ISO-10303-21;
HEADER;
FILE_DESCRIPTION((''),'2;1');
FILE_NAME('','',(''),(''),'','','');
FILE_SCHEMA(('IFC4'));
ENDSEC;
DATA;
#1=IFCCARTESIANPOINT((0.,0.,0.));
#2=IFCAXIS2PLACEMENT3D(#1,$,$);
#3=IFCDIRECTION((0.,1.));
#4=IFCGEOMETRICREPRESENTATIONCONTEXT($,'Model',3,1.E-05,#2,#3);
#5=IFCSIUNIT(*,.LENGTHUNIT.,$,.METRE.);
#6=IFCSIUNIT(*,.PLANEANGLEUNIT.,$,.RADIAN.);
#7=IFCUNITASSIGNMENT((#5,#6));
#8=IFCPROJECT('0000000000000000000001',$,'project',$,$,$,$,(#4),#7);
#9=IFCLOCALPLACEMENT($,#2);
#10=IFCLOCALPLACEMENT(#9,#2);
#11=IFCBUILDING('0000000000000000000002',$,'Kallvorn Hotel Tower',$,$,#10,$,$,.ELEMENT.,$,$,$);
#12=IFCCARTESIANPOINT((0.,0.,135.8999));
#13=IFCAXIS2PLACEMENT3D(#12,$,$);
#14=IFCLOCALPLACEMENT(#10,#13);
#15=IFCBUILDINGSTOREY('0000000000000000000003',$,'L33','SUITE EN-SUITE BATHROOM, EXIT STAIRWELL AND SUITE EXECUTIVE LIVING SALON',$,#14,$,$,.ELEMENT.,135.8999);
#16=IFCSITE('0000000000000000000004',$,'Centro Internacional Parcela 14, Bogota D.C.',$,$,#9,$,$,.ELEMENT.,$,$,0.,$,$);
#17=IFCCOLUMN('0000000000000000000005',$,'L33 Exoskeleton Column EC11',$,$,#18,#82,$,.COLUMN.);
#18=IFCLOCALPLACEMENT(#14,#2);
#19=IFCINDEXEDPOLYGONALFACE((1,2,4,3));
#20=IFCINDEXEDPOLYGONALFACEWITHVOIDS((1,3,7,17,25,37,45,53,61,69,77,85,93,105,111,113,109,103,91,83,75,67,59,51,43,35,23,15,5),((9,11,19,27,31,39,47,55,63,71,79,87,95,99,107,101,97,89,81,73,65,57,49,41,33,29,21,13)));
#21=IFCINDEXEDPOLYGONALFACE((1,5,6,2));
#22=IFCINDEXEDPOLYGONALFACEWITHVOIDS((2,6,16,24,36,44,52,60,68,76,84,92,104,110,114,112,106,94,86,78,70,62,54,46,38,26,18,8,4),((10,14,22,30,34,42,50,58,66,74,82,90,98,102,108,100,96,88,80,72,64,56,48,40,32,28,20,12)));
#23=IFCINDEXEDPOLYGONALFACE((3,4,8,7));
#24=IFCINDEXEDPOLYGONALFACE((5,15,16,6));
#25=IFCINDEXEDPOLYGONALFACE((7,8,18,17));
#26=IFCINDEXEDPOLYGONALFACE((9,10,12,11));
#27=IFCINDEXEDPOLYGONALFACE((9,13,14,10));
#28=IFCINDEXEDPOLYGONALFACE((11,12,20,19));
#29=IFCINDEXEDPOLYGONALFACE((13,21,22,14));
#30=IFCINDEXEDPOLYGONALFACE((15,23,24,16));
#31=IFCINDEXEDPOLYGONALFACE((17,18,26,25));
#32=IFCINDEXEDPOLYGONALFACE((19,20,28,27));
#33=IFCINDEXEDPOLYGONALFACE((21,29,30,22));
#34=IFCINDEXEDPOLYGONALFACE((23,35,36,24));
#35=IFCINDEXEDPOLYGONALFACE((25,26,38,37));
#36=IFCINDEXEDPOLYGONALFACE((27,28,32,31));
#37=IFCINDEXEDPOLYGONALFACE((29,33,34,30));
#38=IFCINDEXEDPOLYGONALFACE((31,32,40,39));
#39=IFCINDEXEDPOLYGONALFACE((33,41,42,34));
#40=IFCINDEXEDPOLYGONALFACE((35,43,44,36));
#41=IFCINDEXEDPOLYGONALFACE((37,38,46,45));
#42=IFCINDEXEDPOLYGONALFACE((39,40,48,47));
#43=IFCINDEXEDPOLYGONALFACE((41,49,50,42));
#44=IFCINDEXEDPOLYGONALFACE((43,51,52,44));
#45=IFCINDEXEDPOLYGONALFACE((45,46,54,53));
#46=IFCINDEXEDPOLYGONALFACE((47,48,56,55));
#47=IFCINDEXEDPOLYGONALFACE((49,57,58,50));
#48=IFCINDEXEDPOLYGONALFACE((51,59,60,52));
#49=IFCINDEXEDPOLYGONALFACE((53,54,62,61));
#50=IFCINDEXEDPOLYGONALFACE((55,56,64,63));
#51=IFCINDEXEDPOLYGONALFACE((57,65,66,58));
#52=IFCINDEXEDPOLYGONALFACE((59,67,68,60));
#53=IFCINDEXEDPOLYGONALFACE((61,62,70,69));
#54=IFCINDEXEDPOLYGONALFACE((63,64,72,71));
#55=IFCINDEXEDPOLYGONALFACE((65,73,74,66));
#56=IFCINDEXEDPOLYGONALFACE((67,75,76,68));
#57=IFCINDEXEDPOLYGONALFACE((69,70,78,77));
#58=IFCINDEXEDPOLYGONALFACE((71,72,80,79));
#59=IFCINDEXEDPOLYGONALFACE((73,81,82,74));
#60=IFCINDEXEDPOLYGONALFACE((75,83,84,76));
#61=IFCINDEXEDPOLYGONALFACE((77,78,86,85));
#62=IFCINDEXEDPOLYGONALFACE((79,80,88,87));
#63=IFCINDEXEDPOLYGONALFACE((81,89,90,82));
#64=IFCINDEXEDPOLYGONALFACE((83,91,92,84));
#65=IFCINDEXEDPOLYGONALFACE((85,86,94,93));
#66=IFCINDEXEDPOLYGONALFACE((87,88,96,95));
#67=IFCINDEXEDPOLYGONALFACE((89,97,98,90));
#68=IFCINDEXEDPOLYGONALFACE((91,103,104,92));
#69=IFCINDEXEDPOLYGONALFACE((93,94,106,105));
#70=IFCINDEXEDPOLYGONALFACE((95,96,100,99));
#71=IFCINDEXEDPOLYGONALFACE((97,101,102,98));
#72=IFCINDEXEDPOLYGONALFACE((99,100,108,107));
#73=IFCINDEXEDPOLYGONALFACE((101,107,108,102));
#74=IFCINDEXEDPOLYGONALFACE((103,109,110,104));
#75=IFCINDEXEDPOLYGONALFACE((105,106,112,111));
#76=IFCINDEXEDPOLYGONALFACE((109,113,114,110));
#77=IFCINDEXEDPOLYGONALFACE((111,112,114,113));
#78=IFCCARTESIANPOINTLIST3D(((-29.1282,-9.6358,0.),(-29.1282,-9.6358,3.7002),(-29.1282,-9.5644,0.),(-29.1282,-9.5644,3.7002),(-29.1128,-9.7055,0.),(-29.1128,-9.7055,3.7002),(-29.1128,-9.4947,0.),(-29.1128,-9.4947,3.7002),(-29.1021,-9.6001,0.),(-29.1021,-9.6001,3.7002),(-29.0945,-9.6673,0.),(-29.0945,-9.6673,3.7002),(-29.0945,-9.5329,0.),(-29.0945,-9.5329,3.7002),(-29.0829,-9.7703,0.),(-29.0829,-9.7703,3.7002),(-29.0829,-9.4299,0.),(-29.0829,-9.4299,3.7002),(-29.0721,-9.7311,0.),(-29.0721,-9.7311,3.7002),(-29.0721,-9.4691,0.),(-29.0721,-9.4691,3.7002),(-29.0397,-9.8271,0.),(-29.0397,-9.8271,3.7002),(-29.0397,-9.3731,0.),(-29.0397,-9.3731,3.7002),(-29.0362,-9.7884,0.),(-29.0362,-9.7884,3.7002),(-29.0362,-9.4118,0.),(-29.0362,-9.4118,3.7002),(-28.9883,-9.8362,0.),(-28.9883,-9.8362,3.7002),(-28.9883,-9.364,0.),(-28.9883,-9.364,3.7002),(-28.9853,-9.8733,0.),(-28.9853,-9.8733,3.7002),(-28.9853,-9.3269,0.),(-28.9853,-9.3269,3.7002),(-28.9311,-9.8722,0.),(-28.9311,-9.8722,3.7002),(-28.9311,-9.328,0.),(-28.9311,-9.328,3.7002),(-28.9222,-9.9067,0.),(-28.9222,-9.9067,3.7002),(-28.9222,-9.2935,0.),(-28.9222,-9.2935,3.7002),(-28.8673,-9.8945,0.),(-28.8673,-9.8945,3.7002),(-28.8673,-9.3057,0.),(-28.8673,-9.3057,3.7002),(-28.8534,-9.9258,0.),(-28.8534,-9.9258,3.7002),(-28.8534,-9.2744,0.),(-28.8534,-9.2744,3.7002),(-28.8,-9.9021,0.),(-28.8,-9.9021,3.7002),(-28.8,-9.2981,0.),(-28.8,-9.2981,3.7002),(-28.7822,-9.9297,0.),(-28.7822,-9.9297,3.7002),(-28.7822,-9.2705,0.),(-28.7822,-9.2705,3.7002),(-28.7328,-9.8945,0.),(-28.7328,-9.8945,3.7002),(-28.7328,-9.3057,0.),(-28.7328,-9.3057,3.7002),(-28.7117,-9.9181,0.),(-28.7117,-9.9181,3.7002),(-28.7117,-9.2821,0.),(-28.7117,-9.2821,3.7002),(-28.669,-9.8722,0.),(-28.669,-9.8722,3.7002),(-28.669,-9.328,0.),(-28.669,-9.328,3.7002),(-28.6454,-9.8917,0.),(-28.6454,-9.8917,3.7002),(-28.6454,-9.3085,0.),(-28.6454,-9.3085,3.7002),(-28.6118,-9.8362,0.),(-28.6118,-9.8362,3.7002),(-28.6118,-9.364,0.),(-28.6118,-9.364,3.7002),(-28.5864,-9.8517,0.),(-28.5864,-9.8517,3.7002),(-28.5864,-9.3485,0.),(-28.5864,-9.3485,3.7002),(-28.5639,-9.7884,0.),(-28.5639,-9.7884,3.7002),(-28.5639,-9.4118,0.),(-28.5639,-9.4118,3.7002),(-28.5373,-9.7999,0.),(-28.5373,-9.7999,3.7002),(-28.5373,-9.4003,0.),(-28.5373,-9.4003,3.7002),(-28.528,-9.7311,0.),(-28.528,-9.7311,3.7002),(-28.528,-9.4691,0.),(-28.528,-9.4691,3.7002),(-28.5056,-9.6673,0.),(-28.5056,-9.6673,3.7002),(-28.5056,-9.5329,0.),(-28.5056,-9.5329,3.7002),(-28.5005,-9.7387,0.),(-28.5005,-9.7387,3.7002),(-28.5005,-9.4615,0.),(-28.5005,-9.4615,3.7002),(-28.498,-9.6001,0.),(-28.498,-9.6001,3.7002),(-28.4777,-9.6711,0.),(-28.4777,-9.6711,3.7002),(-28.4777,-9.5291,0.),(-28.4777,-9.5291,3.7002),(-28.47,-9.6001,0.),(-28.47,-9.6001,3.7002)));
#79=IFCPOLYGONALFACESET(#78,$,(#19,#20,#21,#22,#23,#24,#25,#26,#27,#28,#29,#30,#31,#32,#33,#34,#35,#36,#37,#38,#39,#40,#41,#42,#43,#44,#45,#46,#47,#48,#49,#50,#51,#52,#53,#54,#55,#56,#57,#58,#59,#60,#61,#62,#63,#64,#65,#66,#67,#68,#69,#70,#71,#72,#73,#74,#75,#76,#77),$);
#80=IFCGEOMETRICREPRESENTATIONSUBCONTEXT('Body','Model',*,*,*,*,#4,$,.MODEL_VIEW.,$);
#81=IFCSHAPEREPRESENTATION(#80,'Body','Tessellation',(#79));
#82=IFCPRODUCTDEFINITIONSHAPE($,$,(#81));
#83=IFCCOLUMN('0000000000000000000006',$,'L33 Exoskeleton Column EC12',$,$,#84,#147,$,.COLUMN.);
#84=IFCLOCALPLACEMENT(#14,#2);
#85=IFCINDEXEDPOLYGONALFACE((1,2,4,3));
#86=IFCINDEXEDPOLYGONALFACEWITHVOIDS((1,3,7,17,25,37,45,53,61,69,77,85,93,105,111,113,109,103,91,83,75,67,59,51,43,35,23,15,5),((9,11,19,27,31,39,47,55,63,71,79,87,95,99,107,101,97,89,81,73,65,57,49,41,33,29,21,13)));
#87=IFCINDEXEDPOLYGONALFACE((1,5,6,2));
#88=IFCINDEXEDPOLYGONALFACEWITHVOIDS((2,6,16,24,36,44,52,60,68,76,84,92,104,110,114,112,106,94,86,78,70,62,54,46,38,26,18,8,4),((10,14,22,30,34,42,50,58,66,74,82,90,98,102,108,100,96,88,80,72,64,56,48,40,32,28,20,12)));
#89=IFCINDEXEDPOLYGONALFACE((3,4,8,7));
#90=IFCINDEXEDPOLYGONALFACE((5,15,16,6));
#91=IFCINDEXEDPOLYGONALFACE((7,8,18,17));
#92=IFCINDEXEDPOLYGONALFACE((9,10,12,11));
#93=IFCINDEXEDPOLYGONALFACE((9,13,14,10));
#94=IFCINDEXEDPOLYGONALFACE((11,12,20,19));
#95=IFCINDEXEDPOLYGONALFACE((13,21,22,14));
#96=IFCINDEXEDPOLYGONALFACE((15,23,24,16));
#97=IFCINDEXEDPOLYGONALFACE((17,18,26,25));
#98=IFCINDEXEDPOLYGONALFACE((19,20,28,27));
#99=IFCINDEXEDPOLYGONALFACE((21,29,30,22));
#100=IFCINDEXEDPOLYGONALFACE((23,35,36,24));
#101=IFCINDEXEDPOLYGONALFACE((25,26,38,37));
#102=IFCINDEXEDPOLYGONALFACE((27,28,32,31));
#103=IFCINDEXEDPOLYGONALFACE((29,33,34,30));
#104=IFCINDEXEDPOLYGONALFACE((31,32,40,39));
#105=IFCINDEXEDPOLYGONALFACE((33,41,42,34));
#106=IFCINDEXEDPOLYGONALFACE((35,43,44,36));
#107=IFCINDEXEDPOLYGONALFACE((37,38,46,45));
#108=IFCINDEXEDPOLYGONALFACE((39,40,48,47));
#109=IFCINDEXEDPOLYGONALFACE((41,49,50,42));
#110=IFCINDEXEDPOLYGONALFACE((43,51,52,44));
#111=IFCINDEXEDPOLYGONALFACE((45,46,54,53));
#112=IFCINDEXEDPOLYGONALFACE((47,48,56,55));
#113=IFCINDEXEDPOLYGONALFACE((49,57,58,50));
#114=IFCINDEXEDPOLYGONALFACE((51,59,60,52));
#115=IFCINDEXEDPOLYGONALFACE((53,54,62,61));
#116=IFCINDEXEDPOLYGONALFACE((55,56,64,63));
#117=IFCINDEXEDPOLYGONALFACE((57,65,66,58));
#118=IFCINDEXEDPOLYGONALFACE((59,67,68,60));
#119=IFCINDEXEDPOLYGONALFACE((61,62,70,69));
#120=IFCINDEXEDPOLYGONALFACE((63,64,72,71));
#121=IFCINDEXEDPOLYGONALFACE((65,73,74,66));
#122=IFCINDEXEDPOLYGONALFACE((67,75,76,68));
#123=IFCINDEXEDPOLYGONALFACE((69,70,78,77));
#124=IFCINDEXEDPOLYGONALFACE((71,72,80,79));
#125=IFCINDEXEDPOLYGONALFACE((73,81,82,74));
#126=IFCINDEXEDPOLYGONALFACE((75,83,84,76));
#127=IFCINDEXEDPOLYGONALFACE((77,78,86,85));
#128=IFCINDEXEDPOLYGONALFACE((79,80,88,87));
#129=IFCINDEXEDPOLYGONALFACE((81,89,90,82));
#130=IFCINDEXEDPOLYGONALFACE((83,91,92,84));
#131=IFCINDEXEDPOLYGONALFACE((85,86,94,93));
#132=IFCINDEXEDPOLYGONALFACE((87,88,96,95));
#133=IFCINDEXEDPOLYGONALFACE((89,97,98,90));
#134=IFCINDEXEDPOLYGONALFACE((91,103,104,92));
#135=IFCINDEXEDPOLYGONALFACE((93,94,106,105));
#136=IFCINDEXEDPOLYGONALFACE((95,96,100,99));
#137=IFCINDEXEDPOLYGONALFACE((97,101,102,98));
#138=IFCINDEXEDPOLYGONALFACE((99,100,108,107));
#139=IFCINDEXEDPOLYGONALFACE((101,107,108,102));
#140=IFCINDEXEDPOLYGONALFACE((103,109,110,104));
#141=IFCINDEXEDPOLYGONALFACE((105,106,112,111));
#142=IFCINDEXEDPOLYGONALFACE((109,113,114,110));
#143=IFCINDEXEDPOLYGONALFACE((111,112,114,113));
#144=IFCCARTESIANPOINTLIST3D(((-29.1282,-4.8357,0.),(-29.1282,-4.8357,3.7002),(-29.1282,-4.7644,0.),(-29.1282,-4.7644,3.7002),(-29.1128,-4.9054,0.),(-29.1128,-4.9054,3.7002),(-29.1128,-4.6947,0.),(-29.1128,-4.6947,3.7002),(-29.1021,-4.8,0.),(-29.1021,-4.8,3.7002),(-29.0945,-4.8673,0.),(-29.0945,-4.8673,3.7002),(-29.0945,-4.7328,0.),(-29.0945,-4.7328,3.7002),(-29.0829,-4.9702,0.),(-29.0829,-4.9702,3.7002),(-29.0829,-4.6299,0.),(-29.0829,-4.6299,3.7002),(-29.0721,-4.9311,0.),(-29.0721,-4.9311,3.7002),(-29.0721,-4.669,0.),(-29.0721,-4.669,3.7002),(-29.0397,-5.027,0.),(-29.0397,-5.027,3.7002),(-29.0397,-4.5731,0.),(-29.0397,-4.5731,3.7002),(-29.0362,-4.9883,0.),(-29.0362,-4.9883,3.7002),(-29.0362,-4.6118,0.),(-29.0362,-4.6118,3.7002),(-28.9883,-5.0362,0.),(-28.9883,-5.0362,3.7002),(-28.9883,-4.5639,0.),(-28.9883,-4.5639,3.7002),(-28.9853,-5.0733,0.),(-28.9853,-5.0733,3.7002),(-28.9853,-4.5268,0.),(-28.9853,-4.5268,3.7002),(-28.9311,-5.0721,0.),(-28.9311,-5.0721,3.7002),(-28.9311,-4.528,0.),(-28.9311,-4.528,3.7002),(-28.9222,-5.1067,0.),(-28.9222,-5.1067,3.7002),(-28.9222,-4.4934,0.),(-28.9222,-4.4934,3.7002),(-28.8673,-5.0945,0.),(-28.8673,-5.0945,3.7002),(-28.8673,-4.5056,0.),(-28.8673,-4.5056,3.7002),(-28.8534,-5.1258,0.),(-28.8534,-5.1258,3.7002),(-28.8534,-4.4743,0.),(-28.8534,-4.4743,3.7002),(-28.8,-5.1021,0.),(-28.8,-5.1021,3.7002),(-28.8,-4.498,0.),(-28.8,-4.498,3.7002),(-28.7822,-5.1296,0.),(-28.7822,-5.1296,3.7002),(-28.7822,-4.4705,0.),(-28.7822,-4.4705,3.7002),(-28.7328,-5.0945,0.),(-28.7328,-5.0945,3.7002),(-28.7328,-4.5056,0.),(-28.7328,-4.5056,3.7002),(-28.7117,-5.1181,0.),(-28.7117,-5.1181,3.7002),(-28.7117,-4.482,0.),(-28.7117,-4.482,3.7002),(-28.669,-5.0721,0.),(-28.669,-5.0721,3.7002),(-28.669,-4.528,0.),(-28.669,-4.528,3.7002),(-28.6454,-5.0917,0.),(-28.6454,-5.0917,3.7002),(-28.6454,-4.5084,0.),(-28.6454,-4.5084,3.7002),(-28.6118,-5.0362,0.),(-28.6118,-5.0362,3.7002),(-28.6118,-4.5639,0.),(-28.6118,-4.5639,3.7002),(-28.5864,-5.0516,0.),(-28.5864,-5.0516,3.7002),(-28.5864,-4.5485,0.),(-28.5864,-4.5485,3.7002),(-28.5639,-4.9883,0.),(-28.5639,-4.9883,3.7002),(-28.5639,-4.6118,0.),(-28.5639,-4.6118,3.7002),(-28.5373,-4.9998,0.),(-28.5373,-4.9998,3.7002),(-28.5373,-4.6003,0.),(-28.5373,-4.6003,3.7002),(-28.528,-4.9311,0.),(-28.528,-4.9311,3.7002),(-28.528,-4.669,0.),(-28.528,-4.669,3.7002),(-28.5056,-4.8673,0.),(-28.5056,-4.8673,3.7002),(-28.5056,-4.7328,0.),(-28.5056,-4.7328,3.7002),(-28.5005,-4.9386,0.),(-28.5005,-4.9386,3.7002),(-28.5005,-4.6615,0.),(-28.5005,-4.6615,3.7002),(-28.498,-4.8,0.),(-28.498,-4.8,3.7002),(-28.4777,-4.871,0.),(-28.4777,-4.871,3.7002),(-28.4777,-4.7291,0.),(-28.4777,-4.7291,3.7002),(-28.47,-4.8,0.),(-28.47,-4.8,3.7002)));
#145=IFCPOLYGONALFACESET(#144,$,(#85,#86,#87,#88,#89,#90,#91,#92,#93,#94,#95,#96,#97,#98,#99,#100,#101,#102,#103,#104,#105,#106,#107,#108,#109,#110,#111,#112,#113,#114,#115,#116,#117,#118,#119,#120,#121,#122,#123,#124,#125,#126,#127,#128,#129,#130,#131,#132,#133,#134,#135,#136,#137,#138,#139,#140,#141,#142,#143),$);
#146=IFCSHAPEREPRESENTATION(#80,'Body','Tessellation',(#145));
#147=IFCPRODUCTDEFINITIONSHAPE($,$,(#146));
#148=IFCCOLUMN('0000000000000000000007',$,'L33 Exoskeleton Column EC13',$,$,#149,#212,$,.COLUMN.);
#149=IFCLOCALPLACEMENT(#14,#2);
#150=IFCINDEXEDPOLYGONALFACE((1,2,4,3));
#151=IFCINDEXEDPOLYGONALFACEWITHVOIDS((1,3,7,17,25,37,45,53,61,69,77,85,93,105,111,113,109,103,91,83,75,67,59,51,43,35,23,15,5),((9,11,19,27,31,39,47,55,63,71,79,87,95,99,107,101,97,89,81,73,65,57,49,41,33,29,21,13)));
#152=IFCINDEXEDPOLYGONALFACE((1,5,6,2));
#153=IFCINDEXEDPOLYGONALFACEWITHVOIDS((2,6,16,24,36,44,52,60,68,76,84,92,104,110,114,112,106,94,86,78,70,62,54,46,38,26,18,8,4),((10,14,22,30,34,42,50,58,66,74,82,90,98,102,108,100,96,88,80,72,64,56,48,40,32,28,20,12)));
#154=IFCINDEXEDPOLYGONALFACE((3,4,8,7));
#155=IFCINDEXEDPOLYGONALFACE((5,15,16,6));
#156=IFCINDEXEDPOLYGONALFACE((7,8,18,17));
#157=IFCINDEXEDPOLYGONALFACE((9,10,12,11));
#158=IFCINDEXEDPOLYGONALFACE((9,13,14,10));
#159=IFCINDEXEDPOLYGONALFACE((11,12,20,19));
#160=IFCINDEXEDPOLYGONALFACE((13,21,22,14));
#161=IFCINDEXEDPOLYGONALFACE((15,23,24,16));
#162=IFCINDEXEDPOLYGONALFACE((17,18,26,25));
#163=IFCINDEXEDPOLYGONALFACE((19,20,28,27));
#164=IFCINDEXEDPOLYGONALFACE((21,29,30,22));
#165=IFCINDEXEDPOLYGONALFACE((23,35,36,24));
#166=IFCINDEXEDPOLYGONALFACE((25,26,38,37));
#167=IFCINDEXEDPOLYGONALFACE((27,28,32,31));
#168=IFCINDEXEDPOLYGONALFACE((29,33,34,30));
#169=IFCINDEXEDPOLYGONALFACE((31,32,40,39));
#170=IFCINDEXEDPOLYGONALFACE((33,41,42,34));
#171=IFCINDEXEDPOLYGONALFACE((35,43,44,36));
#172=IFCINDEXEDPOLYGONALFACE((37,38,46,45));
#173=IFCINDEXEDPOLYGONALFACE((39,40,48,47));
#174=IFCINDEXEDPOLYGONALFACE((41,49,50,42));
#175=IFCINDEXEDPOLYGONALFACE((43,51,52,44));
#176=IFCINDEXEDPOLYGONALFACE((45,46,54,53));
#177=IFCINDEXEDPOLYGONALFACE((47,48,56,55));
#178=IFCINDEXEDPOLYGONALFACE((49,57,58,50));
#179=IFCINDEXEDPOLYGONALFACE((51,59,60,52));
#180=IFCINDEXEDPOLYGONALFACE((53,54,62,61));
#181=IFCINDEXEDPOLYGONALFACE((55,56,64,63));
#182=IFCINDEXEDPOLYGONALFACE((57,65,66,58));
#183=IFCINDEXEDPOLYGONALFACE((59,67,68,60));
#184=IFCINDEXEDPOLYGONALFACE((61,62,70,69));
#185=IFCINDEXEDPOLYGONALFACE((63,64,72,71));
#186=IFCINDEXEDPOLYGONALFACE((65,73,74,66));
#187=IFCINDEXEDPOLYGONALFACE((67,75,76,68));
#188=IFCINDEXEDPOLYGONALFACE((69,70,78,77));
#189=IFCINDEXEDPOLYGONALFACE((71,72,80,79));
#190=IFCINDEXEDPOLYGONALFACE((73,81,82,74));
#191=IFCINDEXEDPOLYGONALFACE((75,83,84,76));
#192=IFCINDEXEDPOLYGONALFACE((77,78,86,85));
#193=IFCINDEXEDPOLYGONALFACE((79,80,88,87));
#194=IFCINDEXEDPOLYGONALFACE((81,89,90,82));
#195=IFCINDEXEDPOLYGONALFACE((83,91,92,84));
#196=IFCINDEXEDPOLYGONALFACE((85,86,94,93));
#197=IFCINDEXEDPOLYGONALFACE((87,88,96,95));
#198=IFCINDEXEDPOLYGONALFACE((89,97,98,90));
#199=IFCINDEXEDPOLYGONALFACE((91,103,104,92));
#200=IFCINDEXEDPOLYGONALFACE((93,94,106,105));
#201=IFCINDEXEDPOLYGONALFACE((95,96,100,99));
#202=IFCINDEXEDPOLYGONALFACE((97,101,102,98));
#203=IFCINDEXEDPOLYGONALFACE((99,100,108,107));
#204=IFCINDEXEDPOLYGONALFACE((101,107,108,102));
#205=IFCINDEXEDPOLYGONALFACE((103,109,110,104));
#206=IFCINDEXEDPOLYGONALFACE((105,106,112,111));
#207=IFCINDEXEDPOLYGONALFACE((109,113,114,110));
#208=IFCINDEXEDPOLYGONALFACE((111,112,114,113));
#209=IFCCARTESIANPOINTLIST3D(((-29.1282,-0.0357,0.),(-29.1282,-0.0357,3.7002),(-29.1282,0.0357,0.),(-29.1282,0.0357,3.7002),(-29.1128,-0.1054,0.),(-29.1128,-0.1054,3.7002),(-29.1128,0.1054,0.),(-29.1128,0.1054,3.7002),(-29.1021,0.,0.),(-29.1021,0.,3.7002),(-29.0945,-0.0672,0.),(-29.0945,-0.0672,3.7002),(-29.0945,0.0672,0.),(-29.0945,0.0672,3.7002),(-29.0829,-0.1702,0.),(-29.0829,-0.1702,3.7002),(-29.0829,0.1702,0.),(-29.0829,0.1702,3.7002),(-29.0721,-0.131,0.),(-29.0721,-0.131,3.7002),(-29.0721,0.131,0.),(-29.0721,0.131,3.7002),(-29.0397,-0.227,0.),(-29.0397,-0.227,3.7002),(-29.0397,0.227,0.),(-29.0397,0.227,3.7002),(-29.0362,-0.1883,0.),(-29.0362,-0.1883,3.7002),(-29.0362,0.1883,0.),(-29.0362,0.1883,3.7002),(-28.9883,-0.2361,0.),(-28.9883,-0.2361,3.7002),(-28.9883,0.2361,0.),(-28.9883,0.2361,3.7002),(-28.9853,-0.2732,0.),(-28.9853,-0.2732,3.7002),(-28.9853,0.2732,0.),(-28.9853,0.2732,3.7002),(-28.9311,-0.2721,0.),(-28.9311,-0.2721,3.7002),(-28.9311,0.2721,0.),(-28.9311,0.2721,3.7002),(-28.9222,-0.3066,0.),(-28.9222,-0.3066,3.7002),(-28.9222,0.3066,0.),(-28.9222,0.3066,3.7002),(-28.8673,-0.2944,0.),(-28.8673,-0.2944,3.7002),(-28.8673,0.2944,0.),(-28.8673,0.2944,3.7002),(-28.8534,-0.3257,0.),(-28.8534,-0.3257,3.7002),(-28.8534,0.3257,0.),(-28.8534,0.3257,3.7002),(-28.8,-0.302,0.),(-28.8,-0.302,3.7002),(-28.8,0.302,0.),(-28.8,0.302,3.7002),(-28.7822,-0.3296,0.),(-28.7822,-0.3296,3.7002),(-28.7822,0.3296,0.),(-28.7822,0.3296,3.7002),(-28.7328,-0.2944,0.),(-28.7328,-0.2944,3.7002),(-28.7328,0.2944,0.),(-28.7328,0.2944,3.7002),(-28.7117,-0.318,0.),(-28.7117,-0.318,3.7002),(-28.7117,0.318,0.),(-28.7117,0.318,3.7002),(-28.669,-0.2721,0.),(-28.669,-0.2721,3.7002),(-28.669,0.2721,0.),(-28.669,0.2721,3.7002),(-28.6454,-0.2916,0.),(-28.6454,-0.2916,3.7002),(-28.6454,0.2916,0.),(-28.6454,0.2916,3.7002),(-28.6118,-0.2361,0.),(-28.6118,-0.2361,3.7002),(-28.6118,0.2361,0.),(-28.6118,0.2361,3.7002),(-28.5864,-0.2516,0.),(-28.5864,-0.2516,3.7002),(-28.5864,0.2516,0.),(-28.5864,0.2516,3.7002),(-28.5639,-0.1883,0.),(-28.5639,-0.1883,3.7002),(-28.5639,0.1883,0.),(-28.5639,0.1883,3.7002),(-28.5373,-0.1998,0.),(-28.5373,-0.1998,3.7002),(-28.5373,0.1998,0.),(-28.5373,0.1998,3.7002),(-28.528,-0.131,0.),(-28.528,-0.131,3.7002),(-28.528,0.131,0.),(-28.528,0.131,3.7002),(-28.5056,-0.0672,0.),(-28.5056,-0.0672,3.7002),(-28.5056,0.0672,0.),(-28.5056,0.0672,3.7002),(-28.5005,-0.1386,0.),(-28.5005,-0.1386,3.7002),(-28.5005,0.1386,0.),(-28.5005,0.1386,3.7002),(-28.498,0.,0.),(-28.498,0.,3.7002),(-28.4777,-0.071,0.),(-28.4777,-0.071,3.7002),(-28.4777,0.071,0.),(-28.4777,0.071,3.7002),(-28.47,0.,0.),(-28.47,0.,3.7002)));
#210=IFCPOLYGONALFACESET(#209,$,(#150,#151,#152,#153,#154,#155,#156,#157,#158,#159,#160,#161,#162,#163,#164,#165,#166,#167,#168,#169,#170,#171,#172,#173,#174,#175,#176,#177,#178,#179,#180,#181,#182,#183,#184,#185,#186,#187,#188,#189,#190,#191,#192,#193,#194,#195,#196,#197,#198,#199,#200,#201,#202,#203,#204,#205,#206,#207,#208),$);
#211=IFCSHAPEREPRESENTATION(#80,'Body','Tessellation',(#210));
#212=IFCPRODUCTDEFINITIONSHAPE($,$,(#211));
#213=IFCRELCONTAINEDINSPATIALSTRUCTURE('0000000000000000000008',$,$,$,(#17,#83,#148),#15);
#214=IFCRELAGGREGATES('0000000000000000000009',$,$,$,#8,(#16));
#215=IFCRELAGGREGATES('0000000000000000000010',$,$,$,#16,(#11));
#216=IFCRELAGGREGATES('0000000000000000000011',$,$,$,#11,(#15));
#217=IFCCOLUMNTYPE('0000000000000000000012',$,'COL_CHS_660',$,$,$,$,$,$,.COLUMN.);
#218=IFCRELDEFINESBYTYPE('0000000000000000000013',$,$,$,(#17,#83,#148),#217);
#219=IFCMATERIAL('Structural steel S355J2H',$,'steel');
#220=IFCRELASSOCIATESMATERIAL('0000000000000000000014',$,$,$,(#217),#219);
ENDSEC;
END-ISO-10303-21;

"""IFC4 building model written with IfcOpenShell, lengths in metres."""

from ifc_helpers import new_model, si_unit, direction, frame, origin, origin_2d, place, context, subcontext, project, spatial, hollow_circle, extrude, material, material_profile, profile_set, type_object, element, save


model = new_model("IFC4")

# Units and contexts
model_context = context("Model", 3, precision=1e-05, world=origin(), true_north=direction((0.0, 1.0)))
body_context = subcontext(model_context, "Body", "Model", "MODEL_VIEW")
ifc_project = project(units=[si_unit("LENGTHUNIT", "METRE"), si_unit("PLANEANGLEUNIT", "RADIAN")], contexts=[model_context])

# Site, building, storey
site_placement = place(None, origin())
site = spatial("IfcSite", under=ifc_project, at=site_placement, Name="Centro Internacional Parcela 14, Bogota D.C.", CompositionType="ELEMENT", RefElevation=0.0)
building_placement = place(site_placement, origin())
building = spatial("IfcBuilding", under=site, at=building_placement, Name="Kallvorn Hotel Tower", CompositionType="ELEMENT")
storey_placement = place(building_placement, frame((0.0, 0.0, 135.8999)))
storey = spatial("IfcBuildingStorey", under=building, at=storey_placement, Name="L33", Description="SUITE EN-SUITE BATHROOM, EXIT STAIRWELL AND SUITE EXECUTIVE LIVING SALON", CompositionType="ELEMENT", Elevation=135.8999)

# Columns
ifc_material_1 = material(Name="Structural steel S355J2H", Category="steel")
ifc_material_profile_1 = material_profile(ifc_material_1, hollow_circle(Radius=0.3301, WallThickness=0.0281, at=origin_2d()), Name="CHS 660x28")
ifc_profile_set_1 = profile_set([ifc_material_profile_1], Name="Structural steel S355J2H")
column_type_1 = type_object("IfcColumnType", Name="COL_CHS_660", PredefinedType="COLUMN", material=ifc_profile_set_1)
for number, where, z_axis, x_axis, name in (
    (1, (-28.8, -9.6001, 0.0), (0.0, 0.0, 1.0), (1.0, 0.0, 0.0), "L33 Exoskeleton Column EC11"),
    (2, (-28.8, -4.8, 0.0), (0.0, 0.0, 1.0), (1.0, 0.0, 0.0), "L33 Exoskeleton Column EC12"),
    (3, (-28.8, 0.0, 0.0), (0.0, 0.0, 1.0), (1.0, 0.0, 0.0), "L33 Exoskeleton Column EC13"),
):
    element("IfcColumn", number, at=place(storey_placement, frame(where, z_axis=z_axis, x_axis=x_axis)), inside=storey, type_object=column_type_1, Name=name, PredefinedType="COLUMN", context=body_context, shape_type="SweptSolid", body=[
        extrude(hollow_circle(Radius=0.3301, WallThickness=0.0281, at=origin_2d()), origin(), (0.0, 0.0, 1.0), 3.7002),
    ])

save(model, "model.ifc")
